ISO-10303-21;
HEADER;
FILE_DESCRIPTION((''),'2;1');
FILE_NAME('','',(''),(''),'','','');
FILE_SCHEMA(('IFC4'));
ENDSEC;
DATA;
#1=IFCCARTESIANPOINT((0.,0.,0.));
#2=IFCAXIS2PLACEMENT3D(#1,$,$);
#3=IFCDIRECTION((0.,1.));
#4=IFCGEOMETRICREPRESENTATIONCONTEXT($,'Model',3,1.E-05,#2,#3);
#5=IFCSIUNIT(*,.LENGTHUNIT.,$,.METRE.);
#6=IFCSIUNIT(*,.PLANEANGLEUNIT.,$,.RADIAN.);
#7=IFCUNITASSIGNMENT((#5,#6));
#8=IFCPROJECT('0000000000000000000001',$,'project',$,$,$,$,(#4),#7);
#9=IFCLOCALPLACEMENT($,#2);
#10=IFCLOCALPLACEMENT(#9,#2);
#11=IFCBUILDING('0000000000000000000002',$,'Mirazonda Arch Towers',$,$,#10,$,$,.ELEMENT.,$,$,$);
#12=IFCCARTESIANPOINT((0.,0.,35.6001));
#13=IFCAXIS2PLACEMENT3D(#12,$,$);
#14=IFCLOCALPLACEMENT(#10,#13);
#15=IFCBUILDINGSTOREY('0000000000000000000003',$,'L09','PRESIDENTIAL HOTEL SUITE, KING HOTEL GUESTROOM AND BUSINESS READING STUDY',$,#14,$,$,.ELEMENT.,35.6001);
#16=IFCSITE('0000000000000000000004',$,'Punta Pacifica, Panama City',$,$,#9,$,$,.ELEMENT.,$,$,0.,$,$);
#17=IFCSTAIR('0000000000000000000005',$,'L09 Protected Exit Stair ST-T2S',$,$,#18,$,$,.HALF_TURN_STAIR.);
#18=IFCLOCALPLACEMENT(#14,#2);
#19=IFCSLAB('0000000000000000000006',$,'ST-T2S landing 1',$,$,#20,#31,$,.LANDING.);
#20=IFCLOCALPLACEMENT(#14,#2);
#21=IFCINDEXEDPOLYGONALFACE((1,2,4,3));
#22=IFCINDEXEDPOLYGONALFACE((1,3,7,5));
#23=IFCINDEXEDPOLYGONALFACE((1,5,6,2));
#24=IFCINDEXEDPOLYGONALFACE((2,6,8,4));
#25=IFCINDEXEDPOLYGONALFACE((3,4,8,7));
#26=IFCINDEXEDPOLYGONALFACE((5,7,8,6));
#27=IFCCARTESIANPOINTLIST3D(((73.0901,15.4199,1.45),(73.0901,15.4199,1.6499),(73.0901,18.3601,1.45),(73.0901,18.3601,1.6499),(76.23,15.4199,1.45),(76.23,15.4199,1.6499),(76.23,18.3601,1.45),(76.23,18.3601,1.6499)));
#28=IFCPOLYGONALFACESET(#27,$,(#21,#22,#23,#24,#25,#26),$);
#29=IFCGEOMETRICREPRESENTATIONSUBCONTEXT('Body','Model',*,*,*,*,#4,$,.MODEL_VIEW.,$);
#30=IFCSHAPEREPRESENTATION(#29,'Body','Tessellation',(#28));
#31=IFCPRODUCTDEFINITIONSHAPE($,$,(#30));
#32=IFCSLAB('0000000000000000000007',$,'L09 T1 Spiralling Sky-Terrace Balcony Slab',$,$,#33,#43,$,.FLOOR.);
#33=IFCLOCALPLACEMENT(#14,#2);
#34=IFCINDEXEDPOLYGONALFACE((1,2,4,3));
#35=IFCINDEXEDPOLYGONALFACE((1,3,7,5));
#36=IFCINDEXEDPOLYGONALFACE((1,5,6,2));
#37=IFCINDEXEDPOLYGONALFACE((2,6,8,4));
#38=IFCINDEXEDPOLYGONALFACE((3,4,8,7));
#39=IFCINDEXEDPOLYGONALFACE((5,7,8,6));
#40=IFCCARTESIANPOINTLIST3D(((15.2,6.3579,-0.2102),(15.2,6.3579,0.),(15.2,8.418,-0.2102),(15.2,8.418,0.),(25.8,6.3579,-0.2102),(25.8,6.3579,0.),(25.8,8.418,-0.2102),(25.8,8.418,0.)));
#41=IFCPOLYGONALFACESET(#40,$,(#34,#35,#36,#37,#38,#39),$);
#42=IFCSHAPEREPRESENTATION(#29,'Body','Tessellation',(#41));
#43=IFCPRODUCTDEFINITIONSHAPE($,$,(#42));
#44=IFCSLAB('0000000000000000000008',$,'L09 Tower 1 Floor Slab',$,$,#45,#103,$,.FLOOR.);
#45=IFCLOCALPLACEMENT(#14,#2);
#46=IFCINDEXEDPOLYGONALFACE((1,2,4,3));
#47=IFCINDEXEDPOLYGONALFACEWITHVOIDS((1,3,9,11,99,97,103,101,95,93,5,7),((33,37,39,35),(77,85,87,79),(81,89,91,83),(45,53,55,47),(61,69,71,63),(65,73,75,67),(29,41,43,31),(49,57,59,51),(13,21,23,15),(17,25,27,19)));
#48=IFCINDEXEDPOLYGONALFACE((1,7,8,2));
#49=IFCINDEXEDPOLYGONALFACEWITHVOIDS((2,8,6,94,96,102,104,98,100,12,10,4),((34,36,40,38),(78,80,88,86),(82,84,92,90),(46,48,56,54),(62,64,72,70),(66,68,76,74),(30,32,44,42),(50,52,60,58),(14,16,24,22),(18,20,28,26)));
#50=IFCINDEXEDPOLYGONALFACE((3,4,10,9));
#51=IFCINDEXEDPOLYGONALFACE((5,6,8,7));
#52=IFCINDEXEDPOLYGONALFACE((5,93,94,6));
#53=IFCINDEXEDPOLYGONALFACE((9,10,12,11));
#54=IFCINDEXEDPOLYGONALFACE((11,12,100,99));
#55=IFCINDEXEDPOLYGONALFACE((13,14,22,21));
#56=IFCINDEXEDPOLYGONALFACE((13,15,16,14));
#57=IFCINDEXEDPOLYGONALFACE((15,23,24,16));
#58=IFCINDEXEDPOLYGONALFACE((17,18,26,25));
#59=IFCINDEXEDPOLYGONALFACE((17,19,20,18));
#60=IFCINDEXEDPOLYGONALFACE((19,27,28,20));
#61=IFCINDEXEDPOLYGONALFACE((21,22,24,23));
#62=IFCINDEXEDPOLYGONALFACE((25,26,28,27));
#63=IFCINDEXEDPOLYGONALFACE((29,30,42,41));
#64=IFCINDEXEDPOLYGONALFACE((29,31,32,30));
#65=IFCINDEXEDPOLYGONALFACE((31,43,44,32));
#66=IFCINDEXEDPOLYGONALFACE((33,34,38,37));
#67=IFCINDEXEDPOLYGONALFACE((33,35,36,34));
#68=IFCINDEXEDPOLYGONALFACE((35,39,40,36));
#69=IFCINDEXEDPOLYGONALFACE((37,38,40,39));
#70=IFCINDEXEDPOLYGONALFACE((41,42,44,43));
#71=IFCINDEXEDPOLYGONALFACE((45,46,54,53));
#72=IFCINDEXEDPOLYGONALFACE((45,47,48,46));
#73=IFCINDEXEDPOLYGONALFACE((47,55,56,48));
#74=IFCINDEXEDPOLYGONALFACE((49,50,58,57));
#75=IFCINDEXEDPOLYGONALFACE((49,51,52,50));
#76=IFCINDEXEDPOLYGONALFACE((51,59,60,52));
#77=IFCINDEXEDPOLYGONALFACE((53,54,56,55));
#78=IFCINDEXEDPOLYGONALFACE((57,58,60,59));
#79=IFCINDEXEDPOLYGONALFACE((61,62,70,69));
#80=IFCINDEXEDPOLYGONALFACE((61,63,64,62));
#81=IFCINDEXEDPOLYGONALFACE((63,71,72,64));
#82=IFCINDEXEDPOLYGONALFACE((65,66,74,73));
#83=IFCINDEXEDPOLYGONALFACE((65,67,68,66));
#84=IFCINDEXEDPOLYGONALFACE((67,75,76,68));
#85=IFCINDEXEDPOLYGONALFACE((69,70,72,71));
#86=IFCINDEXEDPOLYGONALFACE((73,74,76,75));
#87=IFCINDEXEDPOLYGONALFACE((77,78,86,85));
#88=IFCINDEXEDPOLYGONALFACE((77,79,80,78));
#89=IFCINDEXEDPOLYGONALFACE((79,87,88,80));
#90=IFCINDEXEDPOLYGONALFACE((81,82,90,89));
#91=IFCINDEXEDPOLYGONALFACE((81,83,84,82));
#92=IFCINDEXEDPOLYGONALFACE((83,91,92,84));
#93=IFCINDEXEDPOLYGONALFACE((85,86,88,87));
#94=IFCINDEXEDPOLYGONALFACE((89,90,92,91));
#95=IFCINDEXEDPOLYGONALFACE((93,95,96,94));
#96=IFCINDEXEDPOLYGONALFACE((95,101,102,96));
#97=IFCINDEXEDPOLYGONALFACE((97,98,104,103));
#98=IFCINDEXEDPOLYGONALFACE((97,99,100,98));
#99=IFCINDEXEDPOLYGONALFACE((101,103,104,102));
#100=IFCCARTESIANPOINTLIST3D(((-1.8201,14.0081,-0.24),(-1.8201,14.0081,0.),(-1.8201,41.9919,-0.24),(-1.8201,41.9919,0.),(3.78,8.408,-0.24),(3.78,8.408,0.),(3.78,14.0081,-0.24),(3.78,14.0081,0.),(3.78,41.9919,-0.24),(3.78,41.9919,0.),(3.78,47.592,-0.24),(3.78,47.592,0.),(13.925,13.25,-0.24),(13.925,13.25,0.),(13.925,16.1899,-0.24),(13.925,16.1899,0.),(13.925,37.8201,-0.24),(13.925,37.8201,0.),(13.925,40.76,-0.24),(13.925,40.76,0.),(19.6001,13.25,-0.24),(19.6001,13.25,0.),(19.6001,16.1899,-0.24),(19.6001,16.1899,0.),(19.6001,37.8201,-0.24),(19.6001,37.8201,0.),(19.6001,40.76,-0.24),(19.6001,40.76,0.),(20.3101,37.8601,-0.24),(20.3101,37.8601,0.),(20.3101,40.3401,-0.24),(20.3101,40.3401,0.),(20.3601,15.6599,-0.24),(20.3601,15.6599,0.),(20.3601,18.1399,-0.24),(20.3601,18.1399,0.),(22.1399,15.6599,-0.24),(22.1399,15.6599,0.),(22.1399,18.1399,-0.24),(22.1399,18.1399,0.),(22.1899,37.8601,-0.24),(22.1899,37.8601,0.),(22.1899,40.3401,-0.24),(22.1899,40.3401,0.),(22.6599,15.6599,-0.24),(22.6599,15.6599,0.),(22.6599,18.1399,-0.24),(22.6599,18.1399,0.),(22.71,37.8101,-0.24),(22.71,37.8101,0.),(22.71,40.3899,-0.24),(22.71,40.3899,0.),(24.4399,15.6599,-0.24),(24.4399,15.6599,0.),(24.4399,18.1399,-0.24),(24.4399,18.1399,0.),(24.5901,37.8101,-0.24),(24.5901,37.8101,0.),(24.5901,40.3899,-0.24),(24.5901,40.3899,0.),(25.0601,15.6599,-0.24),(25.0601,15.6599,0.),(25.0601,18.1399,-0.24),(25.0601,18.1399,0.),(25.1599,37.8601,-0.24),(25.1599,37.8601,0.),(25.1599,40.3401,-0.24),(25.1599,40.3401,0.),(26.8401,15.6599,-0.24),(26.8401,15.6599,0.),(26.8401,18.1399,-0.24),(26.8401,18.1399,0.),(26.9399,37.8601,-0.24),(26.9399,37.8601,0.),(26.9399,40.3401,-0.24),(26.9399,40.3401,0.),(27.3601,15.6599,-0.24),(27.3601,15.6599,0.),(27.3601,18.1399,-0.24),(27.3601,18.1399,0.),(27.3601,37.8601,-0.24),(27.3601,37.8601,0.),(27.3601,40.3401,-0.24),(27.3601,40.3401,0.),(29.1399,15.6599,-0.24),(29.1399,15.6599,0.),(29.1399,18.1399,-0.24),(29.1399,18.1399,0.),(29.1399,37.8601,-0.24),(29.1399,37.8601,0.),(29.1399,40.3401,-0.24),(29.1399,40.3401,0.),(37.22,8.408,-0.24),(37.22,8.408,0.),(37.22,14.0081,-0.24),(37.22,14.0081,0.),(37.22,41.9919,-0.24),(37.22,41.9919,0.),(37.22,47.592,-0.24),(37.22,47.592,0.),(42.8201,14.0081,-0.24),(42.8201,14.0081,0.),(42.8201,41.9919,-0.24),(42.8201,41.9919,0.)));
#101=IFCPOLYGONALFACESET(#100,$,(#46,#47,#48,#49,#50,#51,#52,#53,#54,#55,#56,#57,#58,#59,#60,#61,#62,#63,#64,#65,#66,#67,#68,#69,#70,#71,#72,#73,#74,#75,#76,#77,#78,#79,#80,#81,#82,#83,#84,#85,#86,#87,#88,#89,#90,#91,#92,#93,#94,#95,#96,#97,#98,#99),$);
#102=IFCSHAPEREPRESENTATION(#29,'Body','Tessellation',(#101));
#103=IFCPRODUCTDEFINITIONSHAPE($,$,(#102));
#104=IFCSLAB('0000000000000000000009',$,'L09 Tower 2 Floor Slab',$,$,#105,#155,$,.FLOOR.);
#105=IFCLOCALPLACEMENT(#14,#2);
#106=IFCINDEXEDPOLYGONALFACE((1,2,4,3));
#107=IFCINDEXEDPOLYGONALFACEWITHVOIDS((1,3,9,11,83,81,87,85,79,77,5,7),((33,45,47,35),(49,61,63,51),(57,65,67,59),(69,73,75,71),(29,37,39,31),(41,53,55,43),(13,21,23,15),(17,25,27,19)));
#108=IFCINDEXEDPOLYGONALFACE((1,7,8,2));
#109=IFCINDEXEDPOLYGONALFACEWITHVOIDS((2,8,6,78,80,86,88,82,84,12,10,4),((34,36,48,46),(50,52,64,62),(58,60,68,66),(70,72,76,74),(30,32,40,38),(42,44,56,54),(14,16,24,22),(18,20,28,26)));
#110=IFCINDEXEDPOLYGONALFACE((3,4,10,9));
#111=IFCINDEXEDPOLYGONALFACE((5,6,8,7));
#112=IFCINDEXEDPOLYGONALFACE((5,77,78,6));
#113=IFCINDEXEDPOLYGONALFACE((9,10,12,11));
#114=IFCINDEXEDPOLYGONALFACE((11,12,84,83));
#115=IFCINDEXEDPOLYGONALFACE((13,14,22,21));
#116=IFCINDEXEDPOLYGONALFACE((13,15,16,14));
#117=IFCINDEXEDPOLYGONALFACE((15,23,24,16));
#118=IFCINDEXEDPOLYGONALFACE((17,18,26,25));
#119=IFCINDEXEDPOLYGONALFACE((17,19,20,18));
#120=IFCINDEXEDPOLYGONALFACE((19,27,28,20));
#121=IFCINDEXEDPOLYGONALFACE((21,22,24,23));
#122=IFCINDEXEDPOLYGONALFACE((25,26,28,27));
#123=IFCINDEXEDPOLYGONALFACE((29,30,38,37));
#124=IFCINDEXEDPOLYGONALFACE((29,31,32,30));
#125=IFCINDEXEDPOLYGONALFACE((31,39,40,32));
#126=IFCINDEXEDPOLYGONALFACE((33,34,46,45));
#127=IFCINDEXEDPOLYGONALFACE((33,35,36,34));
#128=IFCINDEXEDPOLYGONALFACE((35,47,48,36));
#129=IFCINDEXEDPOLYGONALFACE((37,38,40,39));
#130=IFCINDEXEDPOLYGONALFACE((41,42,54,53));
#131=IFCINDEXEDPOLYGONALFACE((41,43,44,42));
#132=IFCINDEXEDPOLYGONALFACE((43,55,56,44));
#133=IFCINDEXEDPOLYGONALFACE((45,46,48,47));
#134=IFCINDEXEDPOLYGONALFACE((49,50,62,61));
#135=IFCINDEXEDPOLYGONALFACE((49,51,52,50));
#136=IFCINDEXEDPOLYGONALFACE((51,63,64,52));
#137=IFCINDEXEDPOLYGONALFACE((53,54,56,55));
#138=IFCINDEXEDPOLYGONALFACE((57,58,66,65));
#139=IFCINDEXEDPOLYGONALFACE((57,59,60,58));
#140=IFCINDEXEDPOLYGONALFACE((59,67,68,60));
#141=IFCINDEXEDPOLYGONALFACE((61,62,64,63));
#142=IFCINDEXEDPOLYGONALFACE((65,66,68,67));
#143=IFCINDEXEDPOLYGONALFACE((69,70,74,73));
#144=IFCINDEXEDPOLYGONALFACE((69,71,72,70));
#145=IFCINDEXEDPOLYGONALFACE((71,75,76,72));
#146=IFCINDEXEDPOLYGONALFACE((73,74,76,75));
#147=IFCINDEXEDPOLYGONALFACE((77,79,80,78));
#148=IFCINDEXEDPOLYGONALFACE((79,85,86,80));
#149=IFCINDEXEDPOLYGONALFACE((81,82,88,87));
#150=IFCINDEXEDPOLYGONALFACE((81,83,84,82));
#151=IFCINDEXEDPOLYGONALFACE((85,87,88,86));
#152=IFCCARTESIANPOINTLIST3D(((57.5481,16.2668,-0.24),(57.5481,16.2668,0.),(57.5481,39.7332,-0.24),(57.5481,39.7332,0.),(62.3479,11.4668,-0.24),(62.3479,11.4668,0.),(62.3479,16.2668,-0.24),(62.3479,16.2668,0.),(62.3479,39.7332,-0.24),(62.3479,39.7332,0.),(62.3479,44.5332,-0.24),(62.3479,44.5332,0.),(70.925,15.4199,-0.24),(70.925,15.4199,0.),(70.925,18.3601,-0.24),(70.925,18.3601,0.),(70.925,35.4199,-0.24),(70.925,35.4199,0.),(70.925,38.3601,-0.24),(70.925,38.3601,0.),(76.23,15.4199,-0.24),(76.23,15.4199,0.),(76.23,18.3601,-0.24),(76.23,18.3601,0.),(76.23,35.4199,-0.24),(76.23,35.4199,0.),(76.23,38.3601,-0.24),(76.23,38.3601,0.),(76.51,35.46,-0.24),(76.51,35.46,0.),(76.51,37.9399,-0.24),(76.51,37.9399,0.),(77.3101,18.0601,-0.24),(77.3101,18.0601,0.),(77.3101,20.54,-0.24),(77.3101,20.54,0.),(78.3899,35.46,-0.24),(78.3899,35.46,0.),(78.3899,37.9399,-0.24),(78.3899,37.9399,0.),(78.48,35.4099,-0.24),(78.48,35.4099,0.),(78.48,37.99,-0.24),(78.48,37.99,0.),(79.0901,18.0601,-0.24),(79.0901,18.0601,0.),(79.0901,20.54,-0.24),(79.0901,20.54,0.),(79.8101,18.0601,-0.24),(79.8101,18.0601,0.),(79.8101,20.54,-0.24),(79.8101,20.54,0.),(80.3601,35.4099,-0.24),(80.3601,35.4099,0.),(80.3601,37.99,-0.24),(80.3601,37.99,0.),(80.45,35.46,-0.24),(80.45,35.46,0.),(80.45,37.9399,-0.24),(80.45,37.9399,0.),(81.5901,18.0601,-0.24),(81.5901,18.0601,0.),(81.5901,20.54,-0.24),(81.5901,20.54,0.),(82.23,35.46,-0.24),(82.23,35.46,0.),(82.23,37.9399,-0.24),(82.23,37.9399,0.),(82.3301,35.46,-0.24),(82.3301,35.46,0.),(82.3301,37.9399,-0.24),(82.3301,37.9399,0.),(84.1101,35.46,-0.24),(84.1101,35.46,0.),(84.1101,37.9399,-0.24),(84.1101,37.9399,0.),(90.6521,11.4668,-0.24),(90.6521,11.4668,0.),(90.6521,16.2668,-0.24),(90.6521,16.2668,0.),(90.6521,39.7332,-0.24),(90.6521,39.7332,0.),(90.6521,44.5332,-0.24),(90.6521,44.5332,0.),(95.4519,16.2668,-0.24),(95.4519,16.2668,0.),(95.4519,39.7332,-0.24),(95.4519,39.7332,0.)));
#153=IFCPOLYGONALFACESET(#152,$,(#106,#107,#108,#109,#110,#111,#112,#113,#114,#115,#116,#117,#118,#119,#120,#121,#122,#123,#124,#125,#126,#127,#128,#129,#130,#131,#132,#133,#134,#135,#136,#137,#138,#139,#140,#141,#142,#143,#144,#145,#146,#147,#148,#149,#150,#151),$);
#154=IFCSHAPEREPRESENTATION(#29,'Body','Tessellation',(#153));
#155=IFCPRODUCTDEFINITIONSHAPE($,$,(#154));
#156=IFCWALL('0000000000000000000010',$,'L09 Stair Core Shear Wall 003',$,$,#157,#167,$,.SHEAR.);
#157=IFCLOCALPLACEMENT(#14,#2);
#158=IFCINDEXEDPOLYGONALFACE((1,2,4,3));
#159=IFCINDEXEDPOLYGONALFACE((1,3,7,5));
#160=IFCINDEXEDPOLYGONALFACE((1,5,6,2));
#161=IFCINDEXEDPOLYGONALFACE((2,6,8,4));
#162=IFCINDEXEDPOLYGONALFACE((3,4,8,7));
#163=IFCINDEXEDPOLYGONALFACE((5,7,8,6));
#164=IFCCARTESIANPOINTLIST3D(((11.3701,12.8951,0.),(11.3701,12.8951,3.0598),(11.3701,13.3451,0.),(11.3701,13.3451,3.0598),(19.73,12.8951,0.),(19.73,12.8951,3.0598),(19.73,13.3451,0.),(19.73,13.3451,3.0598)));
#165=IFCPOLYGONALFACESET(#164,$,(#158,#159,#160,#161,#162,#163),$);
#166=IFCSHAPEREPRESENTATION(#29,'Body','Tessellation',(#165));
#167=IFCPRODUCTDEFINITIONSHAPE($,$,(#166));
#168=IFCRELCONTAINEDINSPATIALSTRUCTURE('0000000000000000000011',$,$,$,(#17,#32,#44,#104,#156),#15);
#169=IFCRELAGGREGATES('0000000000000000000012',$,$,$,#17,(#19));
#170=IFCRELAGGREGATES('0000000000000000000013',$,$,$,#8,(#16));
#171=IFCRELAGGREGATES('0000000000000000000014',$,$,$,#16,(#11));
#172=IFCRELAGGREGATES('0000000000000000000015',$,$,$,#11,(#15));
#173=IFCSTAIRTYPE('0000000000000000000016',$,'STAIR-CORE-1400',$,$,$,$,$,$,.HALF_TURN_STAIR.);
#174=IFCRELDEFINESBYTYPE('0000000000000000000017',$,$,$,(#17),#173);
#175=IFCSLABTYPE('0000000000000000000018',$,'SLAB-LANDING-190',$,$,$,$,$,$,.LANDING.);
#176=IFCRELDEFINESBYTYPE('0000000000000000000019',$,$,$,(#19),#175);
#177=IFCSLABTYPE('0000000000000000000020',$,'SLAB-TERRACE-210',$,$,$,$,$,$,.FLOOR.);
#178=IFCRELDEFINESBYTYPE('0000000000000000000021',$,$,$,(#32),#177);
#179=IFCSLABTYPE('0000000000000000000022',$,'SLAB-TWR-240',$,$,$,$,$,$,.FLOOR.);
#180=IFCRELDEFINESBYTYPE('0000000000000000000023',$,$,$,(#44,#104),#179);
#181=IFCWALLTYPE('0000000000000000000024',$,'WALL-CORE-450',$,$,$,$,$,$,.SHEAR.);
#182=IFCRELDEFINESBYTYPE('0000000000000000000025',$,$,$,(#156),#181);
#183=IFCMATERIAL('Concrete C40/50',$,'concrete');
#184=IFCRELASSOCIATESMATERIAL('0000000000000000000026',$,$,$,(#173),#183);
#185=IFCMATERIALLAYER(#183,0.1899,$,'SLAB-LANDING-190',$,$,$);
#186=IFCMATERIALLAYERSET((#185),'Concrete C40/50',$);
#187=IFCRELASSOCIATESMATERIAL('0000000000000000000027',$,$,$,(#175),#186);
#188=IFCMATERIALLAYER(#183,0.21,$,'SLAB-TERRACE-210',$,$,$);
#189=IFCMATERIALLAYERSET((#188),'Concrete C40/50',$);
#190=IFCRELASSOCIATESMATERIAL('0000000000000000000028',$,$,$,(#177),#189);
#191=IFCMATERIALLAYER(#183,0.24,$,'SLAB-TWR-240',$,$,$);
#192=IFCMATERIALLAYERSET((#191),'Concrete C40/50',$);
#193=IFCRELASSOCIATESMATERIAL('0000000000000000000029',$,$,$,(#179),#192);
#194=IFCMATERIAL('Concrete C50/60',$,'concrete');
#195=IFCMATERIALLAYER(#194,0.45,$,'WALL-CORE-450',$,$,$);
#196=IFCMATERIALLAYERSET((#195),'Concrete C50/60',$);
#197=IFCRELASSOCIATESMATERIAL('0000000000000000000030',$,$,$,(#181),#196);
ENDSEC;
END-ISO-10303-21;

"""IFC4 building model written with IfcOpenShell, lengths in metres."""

from ifc_helpers import new_model, si_unit, direction, frame, frame_2d, origin, place, context, subcontext, project, spatial, polyline, rectangle, outline, extrude, material, layer, layer_set, type_object, element, aggregate, save


model = new_model("IFC4")

# Units and contexts
model_context = context("Model", 3, precision=1e-05, world=origin(), true_north=direction((0.0, 1.0)))
body_context = subcontext(model_context, "Body", "Model", "MODEL_VIEW")
ifc_project = project(units=[si_unit("LENGTHUNIT", "METRE"), si_unit("PLANEANGLEUNIT", "RADIAN")], contexts=[model_context])

# Site, building, storey
site_placement = place(None, origin())
site = spatial("IfcSite", under=ifc_project, at=site_placement, Name="Punta Pacifica, Panama City", CompositionType="ELEMENT", RefElevation=0.0)
building_placement = place(site_placement, origin())
building = spatial("IfcBuilding", under=site, at=building_placement, Name="Mirazonda Arch Towers", CompositionType="ELEMENT")
storey_placement = place(building_placement, frame((0.0, 0.0, 35.6001)))
storey = spatial("IfcBuildingStorey", under=building, at=storey_placement, Name="L09", Description="PRESIDENTIAL HOTEL SUITE, KING HOTEL GUESTROOM AND BUSINESS READING STUDY", CompositionType="ELEMENT", Elevation=35.6001)

# Stair, slab
ifc_material_1 = material(Name="Concrete C40/50", Category="concrete")
stair_type = type_object("IfcStairType", Name="STAIR-CORE-1400", PredefinedType="HALF_TURN_STAIR", material=ifc_material_1)
ifc_layer_1 = layer(ifc_material_1, 0.1899, Name="SLAB-LANDING-190")
ifc_layer_set_1 = layer_set([ifc_layer_1], Name="Concrete C40/50")
slab_type_1 = type_object("IfcSlabType", Name="SLAB-LANDING-190", PredefinedType="LANDING", material=ifc_layer_set_1)
stair_1_placement = place(storey_placement, origin())
stair_1 = element("IfcStair", 1, at=stair_1_placement, inside=storey, type_object=stair_type, Name="L09 Protected Exit Stair ST-T2S", PredefinedType="HALF_TURN_STAIR")
slab_1_placement = place(storey_placement, frame((0.0, 0.0, 1.45)))
slab_1 = element("IfcSlab", 2, at=slab_1_placement, type_object=slab_type_1, Name="ST-T2S landing 1", PredefinedType="LANDING", context=body_context, shape_type="SweptSolid", body=[
    extrude(outline(polyline([(73.0901, 15.4199), (76.23, 15.4199), (76.23, 18.3601), (73.0901, 18.3601), (73.0901, 15.4199)])), origin(), (0.0, 0.0, 1.0), 0.2),
])
aggregate(stair_1, [slab_1])

# Slabs
ifc_layer_2 = layer(ifc_material_1, 0.21, Name="SLAB-TERRACE-210")
ifc_layer_set_2 = layer_set([ifc_layer_2], Name="Concrete C40/50")
slab_type_2 = type_object("IfcSlabType", Name="SLAB-TERRACE-210", PredefinedType="FLOOR", material=ifc_layer_set_2)
slab_2_placement = place(storey_placement, frame((0.0, 0.0, -0.2102)))
element("IfcSlab", 3, at=slab_2_placement, inside=storey, type_object=slab_type_2, Name="L09 T1 Spiralling Sky-Terrace Balcony Slab", PredefinedType="FLOOR", context=body_context, shape_type="SweptSolid", body=[
    extrude(outline(polyline([(15.2, 6.3579), (25.8, 6.3579), (25.8, 8.418), (15.2, 8.418), (15.2, 6.3579)])), origin(), (0.0, 0.0, 1.0), 0.2102),
])
ifc_layer_3 = layer(ifc_material_1, 0.24, Name="SLAB-TWR-240")
ifc_layer_set_3 = layer_set([ifc_layer_3], Name="Concrete C40/50")
slab_type_3 = type_object("IfcSlabType", Name="SLAB-TWR-240", PredefinedType="FLOOR", material=ifc_layer_set_3)
slab_3_placement = place(storey_placement, frame((0.0, 0.0, -0.24)))
element("IfcSlab", 4, at=slab_3_placement, inside=storey, type_object=slab_type_3, Name="L09 Tower 1 Floor Slab", PredefinedType="FLOOR", context=body_context, shape_type="SweptSolid", body=[
    extrude(outline(polyline([(3.78, 8.408), (37.22, 8.408), (37.22, 14.0081), (42.8201, 14.0081), (42.8201, 41.9919), (37.22, 41.9919), (37.22, 47.592), (3.78, 47.592), (3.78, 41.9919), (-1.8201, 41.9919), (-1.8201, 14.0081), (3.78, 14.0081), (3.78, 8.408)]), holes=[polyline([(29.1399, 18.1399), (29.1399, 15.6599), (27.3601, 15.6599), (27.3601, 18.1399), (29.1399, 18.1399)]), polyline([(29.1399, 40.3401), (29.1399, 37.8601), (27.3601, 37.8601), (27.3601, 40.3401), (29.1399, 40.3401)]), polyline([(25.1599, 40.3401), (26.9399, 40.3401), (26.9399, 37.8601), (25.1599, 37.8601), (25.1599, 40.3401)]), polyline([(26.8401, 18.1399), (26.8401, 15.6599), (25.0601, 15.6599), (25.0601, 18.1399), (26.8401, 18.1399)]), polyline([(22.71, 40.3899), (24.5901, 40.3899), (24.5901, 37.8101), (22.71, 37.8101), (22.71, 40.3899)]), polyline([(22.6599, 18.1399), (24.4399, 18.1399), (24.4399, 15.6599), (22.6599, 15.6599), (22.6599, 18.1399)]), polyline([(20.3101, 40.3401), (22.1899, 40.3401), (22.1899, 37.8601), (20.3101, 37.8601), (20.3101, 40.3401)]), polyline([(20.3601, 18.1399), (22.1399, 18.1399), (22.1399, 15.6599), (20.3601, 15.6599), (20.3601, 18.1399)]), polyline([(13.925, 40.76), (19.6001, 40.76), (19.6001, 37.8201), (13.925, 37.8201), (13.925, 40.76)]), polyline([(13.925, 13.25), (13.925, 16.1899), (19.6001, 16.1899), (19.6001, 13.25), (13.925, 13.25)])]), origin(), (0.0, 0.0, 1.0), 0.24),
])
slab_4_placement = place(storey_placement, frame((0.0, 0.0, -0.24)))
element("IfcSlab", 5, at=slab_4_placement, inside=storey, type_object=slab_type_3, Name="L09 Tower 2 Floor Slab", PredefinedType="FLOOR", context=body_context, shape_type="SweptSolid", body=[
    extrude(outline(polyline([(62.3479, 11.4668), (90.6521, 11.4668), (90.6521, 16.2668), (95.4519, 16.2668), (95.4519, 39.7332), (90.6521, 39.7332), (90.6521, 44.5332), (62.3479, 44.5332), (62.3479, 39.7332), (57.5481, 39.7332), (57.5481, 16.2668), (62.3479, 16.2668), (62.3479, 11.4668)]), holes=[polyline([(82.3301, 37.9399), (84.1101, 37.9399), (84.1101, 35.46), (82.3301, 35.46), (82.3301, 37.9399)]), polyline([(80.45, 37.9399), (82.23, 37.9399), (82.23, 35.46), (80.45, 35.46), (80.45, 37.9399)]), polyline([(79.8101, 20.54), (81.5901, 20.54), (81.5901, 18.0601), (79.8101, 18.0601), (79.8101, 20.54)]), polyline([(78.48, 37.99), (80.3601, 37.99), (80.3601, 35.4099), (78.48, 35.4099), (78.48, 37.99)]), polyline([(77.3101, 20.54), (79.0901, 20.54), (79.0901, 18.0601), (77.3101, 18.0601), (77.3101, 20.54)]), polyline([(76.51, 37.9399), (78.3899, 37.9399), (78.3899, 35.46), (76.51, 35.46), (76.51, 37.9399)]), polyline([(70.925, 15.4199), (70.925, 18.3601), (76.23, 18.3601), (76.23, 15.4199), (70.925, 15.4199)]), polyline([(70.925, 35.4199), (70.925, 38.3601), (76.23, 38.3601), (76.23, 35.4199), (70.925, 35.4199)])]), origin(), (0.0, 0.0, 1.0), 0.24),
])

# Wall
ifc_material_2 = material(Name="Concrete C50/60", Category="concrete")
ifc_layer_4 = layer(ifc_material_2, 0.45, Name="WALL-CORE-450")
ifc_layer_set_4 = layer_set([ifc_layer_4], Name="Concrete C50/60")
wall_type_1 = type_object("IfcWallType", Name="WALL-CORE-450", PredefinedType="SHEAR", material=ifc_layer_set_4)
wall_1_placement = place(storey_placement, frame((11.3701, 13.1201, 0.0), z_axis=(0.0, 0.0, 1.0), x_axis=(1.0, 0.0, 0.0)))
element("IfcWall", 6, at=wall_1_placement, inside=storey, type_object=wall_type_1, Name="L09 Stair Core Shear Wall 003", PredefinedType="SHEAR", context=body_context, shape_type="SweptSolid", body=[
    extrude(rectangle(XDim=8.3599, YDim=0.45, at=frame_2d((4.1799, 0.0))), origin(), (0.0, 0.0, 1.0), 3.0598),
])

save(model, "model.ifc")
